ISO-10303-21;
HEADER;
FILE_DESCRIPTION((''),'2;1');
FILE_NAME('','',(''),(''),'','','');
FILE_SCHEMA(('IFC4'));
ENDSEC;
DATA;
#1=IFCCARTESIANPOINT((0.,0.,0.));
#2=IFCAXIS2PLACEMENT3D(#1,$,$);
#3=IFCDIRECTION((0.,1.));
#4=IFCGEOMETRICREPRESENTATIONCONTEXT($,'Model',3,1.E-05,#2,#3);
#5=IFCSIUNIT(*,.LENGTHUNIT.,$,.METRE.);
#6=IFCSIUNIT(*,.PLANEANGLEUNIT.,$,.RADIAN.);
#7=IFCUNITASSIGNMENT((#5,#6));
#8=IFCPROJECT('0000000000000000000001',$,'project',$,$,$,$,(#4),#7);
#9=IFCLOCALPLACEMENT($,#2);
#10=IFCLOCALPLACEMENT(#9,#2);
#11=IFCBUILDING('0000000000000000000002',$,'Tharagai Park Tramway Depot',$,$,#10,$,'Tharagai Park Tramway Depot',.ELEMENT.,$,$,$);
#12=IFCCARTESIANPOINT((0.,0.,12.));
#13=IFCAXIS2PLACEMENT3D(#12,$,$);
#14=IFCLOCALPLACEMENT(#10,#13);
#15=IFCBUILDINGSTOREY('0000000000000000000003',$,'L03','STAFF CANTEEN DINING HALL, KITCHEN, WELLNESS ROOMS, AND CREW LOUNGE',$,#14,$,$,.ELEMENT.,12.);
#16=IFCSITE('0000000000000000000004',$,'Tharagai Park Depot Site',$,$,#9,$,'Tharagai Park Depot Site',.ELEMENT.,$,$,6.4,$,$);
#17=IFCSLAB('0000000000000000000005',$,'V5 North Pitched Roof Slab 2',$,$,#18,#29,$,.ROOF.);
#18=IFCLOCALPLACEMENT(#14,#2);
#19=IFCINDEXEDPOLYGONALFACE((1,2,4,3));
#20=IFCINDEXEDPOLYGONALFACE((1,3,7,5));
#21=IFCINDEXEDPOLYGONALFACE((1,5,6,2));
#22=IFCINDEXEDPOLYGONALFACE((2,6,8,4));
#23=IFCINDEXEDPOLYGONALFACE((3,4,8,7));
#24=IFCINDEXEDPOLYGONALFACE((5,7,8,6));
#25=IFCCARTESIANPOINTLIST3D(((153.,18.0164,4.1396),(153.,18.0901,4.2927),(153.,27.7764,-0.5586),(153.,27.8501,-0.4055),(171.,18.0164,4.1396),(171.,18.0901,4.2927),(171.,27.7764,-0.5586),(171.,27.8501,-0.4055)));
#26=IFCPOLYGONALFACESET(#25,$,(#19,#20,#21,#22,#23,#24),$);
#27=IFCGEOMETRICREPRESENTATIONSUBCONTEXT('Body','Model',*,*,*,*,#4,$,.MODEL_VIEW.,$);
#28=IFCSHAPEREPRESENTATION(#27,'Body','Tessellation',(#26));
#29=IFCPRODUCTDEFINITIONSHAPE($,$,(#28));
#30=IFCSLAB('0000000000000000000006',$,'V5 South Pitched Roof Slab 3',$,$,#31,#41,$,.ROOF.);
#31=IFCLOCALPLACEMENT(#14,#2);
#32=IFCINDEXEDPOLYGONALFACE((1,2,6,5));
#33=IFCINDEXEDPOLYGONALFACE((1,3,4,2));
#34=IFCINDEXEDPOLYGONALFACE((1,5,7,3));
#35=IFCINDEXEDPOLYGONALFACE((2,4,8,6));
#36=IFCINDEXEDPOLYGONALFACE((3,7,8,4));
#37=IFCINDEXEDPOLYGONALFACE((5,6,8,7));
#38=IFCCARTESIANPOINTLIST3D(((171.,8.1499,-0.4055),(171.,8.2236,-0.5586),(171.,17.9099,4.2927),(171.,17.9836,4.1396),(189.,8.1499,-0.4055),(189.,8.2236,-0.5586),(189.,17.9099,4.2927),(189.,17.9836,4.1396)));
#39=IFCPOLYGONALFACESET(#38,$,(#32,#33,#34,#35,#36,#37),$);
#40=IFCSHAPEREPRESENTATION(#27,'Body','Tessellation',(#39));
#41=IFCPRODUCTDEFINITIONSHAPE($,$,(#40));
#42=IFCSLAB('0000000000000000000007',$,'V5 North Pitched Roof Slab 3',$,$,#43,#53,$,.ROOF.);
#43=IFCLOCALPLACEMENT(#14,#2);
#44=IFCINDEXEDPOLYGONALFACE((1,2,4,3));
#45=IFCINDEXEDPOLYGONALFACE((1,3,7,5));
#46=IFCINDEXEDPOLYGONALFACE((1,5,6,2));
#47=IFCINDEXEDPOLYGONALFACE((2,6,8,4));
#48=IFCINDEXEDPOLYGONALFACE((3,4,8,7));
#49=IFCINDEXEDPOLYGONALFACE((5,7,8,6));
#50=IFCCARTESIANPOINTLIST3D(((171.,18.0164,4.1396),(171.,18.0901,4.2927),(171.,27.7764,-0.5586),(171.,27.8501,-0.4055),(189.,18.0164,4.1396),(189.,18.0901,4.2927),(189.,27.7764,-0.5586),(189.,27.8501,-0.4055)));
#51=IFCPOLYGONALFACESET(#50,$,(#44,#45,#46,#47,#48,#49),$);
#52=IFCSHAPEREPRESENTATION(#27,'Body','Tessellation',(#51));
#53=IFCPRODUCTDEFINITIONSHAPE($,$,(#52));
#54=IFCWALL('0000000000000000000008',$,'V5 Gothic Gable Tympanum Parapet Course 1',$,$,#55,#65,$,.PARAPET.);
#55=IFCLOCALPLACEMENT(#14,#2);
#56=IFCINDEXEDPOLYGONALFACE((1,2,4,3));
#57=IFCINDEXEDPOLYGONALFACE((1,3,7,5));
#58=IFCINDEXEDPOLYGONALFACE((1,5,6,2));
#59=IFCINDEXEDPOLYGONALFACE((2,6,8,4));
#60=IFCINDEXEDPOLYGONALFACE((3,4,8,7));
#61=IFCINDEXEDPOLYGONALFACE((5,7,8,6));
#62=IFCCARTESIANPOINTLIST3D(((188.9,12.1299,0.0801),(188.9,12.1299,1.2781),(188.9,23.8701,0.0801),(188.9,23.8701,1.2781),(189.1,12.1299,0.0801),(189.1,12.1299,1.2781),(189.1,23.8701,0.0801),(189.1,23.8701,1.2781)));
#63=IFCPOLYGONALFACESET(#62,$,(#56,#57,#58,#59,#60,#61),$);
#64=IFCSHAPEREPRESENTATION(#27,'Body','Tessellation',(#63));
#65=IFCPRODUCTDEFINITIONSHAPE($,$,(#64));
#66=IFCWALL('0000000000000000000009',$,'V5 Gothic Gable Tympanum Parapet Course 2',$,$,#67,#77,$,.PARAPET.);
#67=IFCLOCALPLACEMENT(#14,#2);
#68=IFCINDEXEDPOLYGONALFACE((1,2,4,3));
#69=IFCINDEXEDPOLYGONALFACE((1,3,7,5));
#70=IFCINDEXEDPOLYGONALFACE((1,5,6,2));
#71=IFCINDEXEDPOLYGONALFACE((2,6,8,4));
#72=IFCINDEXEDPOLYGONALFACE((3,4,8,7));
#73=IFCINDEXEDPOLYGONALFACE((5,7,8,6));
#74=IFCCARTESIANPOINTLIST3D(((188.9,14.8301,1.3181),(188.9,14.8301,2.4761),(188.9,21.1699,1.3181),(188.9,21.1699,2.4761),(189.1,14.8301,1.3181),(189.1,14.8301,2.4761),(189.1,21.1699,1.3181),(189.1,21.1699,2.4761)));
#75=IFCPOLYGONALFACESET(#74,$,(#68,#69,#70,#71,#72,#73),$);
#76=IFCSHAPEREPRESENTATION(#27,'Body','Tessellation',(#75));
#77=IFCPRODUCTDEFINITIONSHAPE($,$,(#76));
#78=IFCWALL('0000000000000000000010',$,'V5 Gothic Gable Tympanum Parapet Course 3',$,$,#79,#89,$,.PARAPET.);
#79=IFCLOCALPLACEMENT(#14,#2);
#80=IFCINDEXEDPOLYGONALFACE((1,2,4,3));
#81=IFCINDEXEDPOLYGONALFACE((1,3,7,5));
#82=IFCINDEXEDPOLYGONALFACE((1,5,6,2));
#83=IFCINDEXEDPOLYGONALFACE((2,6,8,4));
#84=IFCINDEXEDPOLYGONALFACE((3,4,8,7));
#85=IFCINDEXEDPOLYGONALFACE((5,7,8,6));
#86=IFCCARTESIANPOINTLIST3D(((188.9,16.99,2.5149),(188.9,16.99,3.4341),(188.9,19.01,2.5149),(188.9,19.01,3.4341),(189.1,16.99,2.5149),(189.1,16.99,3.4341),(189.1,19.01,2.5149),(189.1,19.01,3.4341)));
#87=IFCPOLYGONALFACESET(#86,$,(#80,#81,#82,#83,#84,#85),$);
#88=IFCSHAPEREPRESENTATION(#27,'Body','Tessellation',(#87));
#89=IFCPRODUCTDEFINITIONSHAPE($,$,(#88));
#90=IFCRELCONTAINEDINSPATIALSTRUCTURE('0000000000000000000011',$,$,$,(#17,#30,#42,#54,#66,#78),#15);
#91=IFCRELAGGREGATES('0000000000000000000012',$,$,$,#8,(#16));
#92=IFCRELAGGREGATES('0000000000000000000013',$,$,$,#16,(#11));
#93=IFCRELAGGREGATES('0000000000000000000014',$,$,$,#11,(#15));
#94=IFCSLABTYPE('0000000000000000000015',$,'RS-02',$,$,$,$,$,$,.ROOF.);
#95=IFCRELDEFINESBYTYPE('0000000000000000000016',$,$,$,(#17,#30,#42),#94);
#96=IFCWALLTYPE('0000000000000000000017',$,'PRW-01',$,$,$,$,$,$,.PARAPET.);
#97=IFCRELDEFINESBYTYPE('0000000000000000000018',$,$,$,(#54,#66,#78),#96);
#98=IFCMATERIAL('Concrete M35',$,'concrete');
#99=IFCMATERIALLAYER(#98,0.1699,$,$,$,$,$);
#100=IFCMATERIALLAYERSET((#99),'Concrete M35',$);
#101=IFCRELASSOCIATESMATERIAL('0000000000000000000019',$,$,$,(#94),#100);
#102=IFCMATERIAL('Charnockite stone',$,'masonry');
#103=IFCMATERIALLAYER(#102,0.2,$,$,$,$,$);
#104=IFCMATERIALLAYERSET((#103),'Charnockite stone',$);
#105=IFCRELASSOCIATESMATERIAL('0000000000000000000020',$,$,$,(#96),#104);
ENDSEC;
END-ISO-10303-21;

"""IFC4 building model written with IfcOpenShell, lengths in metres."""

from ifc_helpers import new_model, si_unit, direction, frame, frame_2d, origin, place, context, subcontext, project, spatial, polyline, rectangle, outline, extrude, material, layer, layer_set, type_object, element, save


model = new_model("IFC4")

# Units and contexts
model_context = context("Model", 3, precision=1e-05, world=origin(), true_north=direction((0.0, 1.0)))
body_context = subcontext(model_context, "Body", "Model", "MODEL_VIEW")
ifc_project = project(units=[si_unit("LENGTHUNIT", "METRE"), si_unit("PLANEANGLEUNIT", "RADIAN")], contexts=[model_context])

# Site, building, storey
site_placement = place(None, origin())
site = spatial("IfcSite", under=ifc_project, at=site_placement, Name="Tharagai Park Depot Site", LongName="Tharagai Park Depot Site", CompositionType="ELEMENT", RefElevation=6.4)
building_placement = place(site_placement, origin())
building = spatial("IfcBuilding", under=site, at=building_placement, Name="Tharagai Park Tramway Depot", LongName="Tharagai Park Tramway Depot", CompositionType="ELEMENT")
storey_placement = place(building_placement, frame((0.0, 0.0, 12.0)))
storey = spatial("IfcBuildingStorey", under=building, at=storey_placement, Name="L03", Description="STAFF CANTEEN DINING HALL, KITCHEN, WELLNESS ROOMS, AND CREW LOUNGE", CompositionType="ELEMENT", Elevation=12.0)

# Slabs
ifc_material_1 = material(Name="Concrete M35", Category="concrete")
ifc_layer_1 = layer(ifc_material_1, 0.1699)
ifc_layer_set_1 = layer_set([ifc_layer_1], Name="Concrete M35")
slab_type = type_object("IfcSlabType", Name="RS-02", PredefinedType="ROOF", material=ifc_layer_set_1)
for number, where, z_axis, x_axis, name in (
    (1, (171.0, 27.8501, -0.4055), (0.0, 0.433739, 0.901039), (-1.0, 0.0, 0.0), "V5 North Pitched Roof Slab 2"),
    (2, (171.0, 8.1499, -0.4055), (0.0, -0.433739, 0.901039), (1.0, 0.0, 0.0), "V5 South Pitched Roof Slab 3"),
    (3, (189.0, 27.8501, -0.4055), (0.0, 0.433739, 0.901039), (-1.0, 0.0, 0.0), "V5 North Pitched Roof Slab 3"),
):
    element("IfcSlab", number, at=place(storey_placement, frame(where, z_axis=z_axis, x_axis=x_axis)), inside=storey, type_object=slab_type, Name=name, PredefinedType="ROOF", context=body_context, shape_type="SweptSolid", body=[
        extrude(outline(polyline([(0.0, 0.0), (18.0, 0.0), (18.0, 10.832), (0.0, 10.832), (0.0, 0.0)])), origin(), (0.0, 0.0, -1.0), 0.1699),
    ])

# Walls
ifc_material_2 = material(Name="Charnockite stone", Category="masonry")
ifc_layer_2 = layer(ifc_material_2, 0.2)
ifc_layer_set_2 = layer_set([ifc_layer_2], Name="Charnockite stone")
wall_type = type_object("IfcWallType", Name="PRW-01", PredefinedType="PARAPET", material=ifc_layer_set_2)
wall_1_placement = place(storey_placement, frame((189.0, 12.1299, 0.0801), z_axis=(0.0, 0.0, 1.0), x_axis=(0.0, 1.0, 0.0)))
element("IfcWall", 4, at=wall_1_placement, inside=storey, type_object=wall_type, Name="V5 Gothic Gable Tympanum Parapet Course 1", PredefinedType="PARAPET", context=body_context, shape_type="SweptSolid", body=[
    extrude(rectangle(XDim=11.7402, YDim=0.2, at=frame_2d((5.8701, 0.0))), origin(), (0.0, 0.0, 1.0), 1.198),
])
wall_2_placement = place(storey_placement, frame((189.0, 14.8301, 1.3181), z_axis=(0.0, 0.0, 1.0), x_axis=(0.0, 1.0, 0.0)))
element("IfcWall", 5, at=wall_2_placement, inside=storey, type_object=wall_type, Name="V5 Gothic Gable Tympanum Parapet Course 2", PredefinedType="PARAPET", context=body_context, shape_type="SweptSolid", body=[
    extrude(rectangle(XDim=6.3398, YDim=0.2, at=frame_2d((3.1699, 0.0))), origin(), (0.0, 0.0, 1.0), 1.158),
])
wall_3_placement = place(storey_placement, frame((189.0, 16.99, 2.5149), z_axis=(0.0, 0.0, 1.0), x_axis=(0.0, 1.0, 0.0)))
element("IfcWall", 6, at=wall_3_placement, inside=storey, type_object=wall_type, Name="V5 Gothic Gable Tympanum Parapet Course 3", PredefinedType="PARAPET", context=body_context, shape_type="SweptSolid", body=[
    extrude(rectangle(XDim=2.02, YDim=0.2, at=frame_2d((1.01, 0.0))), origin(), (0.0, 0.0, 1.0), 0.9192),
])

save(model, "model.ifc")
